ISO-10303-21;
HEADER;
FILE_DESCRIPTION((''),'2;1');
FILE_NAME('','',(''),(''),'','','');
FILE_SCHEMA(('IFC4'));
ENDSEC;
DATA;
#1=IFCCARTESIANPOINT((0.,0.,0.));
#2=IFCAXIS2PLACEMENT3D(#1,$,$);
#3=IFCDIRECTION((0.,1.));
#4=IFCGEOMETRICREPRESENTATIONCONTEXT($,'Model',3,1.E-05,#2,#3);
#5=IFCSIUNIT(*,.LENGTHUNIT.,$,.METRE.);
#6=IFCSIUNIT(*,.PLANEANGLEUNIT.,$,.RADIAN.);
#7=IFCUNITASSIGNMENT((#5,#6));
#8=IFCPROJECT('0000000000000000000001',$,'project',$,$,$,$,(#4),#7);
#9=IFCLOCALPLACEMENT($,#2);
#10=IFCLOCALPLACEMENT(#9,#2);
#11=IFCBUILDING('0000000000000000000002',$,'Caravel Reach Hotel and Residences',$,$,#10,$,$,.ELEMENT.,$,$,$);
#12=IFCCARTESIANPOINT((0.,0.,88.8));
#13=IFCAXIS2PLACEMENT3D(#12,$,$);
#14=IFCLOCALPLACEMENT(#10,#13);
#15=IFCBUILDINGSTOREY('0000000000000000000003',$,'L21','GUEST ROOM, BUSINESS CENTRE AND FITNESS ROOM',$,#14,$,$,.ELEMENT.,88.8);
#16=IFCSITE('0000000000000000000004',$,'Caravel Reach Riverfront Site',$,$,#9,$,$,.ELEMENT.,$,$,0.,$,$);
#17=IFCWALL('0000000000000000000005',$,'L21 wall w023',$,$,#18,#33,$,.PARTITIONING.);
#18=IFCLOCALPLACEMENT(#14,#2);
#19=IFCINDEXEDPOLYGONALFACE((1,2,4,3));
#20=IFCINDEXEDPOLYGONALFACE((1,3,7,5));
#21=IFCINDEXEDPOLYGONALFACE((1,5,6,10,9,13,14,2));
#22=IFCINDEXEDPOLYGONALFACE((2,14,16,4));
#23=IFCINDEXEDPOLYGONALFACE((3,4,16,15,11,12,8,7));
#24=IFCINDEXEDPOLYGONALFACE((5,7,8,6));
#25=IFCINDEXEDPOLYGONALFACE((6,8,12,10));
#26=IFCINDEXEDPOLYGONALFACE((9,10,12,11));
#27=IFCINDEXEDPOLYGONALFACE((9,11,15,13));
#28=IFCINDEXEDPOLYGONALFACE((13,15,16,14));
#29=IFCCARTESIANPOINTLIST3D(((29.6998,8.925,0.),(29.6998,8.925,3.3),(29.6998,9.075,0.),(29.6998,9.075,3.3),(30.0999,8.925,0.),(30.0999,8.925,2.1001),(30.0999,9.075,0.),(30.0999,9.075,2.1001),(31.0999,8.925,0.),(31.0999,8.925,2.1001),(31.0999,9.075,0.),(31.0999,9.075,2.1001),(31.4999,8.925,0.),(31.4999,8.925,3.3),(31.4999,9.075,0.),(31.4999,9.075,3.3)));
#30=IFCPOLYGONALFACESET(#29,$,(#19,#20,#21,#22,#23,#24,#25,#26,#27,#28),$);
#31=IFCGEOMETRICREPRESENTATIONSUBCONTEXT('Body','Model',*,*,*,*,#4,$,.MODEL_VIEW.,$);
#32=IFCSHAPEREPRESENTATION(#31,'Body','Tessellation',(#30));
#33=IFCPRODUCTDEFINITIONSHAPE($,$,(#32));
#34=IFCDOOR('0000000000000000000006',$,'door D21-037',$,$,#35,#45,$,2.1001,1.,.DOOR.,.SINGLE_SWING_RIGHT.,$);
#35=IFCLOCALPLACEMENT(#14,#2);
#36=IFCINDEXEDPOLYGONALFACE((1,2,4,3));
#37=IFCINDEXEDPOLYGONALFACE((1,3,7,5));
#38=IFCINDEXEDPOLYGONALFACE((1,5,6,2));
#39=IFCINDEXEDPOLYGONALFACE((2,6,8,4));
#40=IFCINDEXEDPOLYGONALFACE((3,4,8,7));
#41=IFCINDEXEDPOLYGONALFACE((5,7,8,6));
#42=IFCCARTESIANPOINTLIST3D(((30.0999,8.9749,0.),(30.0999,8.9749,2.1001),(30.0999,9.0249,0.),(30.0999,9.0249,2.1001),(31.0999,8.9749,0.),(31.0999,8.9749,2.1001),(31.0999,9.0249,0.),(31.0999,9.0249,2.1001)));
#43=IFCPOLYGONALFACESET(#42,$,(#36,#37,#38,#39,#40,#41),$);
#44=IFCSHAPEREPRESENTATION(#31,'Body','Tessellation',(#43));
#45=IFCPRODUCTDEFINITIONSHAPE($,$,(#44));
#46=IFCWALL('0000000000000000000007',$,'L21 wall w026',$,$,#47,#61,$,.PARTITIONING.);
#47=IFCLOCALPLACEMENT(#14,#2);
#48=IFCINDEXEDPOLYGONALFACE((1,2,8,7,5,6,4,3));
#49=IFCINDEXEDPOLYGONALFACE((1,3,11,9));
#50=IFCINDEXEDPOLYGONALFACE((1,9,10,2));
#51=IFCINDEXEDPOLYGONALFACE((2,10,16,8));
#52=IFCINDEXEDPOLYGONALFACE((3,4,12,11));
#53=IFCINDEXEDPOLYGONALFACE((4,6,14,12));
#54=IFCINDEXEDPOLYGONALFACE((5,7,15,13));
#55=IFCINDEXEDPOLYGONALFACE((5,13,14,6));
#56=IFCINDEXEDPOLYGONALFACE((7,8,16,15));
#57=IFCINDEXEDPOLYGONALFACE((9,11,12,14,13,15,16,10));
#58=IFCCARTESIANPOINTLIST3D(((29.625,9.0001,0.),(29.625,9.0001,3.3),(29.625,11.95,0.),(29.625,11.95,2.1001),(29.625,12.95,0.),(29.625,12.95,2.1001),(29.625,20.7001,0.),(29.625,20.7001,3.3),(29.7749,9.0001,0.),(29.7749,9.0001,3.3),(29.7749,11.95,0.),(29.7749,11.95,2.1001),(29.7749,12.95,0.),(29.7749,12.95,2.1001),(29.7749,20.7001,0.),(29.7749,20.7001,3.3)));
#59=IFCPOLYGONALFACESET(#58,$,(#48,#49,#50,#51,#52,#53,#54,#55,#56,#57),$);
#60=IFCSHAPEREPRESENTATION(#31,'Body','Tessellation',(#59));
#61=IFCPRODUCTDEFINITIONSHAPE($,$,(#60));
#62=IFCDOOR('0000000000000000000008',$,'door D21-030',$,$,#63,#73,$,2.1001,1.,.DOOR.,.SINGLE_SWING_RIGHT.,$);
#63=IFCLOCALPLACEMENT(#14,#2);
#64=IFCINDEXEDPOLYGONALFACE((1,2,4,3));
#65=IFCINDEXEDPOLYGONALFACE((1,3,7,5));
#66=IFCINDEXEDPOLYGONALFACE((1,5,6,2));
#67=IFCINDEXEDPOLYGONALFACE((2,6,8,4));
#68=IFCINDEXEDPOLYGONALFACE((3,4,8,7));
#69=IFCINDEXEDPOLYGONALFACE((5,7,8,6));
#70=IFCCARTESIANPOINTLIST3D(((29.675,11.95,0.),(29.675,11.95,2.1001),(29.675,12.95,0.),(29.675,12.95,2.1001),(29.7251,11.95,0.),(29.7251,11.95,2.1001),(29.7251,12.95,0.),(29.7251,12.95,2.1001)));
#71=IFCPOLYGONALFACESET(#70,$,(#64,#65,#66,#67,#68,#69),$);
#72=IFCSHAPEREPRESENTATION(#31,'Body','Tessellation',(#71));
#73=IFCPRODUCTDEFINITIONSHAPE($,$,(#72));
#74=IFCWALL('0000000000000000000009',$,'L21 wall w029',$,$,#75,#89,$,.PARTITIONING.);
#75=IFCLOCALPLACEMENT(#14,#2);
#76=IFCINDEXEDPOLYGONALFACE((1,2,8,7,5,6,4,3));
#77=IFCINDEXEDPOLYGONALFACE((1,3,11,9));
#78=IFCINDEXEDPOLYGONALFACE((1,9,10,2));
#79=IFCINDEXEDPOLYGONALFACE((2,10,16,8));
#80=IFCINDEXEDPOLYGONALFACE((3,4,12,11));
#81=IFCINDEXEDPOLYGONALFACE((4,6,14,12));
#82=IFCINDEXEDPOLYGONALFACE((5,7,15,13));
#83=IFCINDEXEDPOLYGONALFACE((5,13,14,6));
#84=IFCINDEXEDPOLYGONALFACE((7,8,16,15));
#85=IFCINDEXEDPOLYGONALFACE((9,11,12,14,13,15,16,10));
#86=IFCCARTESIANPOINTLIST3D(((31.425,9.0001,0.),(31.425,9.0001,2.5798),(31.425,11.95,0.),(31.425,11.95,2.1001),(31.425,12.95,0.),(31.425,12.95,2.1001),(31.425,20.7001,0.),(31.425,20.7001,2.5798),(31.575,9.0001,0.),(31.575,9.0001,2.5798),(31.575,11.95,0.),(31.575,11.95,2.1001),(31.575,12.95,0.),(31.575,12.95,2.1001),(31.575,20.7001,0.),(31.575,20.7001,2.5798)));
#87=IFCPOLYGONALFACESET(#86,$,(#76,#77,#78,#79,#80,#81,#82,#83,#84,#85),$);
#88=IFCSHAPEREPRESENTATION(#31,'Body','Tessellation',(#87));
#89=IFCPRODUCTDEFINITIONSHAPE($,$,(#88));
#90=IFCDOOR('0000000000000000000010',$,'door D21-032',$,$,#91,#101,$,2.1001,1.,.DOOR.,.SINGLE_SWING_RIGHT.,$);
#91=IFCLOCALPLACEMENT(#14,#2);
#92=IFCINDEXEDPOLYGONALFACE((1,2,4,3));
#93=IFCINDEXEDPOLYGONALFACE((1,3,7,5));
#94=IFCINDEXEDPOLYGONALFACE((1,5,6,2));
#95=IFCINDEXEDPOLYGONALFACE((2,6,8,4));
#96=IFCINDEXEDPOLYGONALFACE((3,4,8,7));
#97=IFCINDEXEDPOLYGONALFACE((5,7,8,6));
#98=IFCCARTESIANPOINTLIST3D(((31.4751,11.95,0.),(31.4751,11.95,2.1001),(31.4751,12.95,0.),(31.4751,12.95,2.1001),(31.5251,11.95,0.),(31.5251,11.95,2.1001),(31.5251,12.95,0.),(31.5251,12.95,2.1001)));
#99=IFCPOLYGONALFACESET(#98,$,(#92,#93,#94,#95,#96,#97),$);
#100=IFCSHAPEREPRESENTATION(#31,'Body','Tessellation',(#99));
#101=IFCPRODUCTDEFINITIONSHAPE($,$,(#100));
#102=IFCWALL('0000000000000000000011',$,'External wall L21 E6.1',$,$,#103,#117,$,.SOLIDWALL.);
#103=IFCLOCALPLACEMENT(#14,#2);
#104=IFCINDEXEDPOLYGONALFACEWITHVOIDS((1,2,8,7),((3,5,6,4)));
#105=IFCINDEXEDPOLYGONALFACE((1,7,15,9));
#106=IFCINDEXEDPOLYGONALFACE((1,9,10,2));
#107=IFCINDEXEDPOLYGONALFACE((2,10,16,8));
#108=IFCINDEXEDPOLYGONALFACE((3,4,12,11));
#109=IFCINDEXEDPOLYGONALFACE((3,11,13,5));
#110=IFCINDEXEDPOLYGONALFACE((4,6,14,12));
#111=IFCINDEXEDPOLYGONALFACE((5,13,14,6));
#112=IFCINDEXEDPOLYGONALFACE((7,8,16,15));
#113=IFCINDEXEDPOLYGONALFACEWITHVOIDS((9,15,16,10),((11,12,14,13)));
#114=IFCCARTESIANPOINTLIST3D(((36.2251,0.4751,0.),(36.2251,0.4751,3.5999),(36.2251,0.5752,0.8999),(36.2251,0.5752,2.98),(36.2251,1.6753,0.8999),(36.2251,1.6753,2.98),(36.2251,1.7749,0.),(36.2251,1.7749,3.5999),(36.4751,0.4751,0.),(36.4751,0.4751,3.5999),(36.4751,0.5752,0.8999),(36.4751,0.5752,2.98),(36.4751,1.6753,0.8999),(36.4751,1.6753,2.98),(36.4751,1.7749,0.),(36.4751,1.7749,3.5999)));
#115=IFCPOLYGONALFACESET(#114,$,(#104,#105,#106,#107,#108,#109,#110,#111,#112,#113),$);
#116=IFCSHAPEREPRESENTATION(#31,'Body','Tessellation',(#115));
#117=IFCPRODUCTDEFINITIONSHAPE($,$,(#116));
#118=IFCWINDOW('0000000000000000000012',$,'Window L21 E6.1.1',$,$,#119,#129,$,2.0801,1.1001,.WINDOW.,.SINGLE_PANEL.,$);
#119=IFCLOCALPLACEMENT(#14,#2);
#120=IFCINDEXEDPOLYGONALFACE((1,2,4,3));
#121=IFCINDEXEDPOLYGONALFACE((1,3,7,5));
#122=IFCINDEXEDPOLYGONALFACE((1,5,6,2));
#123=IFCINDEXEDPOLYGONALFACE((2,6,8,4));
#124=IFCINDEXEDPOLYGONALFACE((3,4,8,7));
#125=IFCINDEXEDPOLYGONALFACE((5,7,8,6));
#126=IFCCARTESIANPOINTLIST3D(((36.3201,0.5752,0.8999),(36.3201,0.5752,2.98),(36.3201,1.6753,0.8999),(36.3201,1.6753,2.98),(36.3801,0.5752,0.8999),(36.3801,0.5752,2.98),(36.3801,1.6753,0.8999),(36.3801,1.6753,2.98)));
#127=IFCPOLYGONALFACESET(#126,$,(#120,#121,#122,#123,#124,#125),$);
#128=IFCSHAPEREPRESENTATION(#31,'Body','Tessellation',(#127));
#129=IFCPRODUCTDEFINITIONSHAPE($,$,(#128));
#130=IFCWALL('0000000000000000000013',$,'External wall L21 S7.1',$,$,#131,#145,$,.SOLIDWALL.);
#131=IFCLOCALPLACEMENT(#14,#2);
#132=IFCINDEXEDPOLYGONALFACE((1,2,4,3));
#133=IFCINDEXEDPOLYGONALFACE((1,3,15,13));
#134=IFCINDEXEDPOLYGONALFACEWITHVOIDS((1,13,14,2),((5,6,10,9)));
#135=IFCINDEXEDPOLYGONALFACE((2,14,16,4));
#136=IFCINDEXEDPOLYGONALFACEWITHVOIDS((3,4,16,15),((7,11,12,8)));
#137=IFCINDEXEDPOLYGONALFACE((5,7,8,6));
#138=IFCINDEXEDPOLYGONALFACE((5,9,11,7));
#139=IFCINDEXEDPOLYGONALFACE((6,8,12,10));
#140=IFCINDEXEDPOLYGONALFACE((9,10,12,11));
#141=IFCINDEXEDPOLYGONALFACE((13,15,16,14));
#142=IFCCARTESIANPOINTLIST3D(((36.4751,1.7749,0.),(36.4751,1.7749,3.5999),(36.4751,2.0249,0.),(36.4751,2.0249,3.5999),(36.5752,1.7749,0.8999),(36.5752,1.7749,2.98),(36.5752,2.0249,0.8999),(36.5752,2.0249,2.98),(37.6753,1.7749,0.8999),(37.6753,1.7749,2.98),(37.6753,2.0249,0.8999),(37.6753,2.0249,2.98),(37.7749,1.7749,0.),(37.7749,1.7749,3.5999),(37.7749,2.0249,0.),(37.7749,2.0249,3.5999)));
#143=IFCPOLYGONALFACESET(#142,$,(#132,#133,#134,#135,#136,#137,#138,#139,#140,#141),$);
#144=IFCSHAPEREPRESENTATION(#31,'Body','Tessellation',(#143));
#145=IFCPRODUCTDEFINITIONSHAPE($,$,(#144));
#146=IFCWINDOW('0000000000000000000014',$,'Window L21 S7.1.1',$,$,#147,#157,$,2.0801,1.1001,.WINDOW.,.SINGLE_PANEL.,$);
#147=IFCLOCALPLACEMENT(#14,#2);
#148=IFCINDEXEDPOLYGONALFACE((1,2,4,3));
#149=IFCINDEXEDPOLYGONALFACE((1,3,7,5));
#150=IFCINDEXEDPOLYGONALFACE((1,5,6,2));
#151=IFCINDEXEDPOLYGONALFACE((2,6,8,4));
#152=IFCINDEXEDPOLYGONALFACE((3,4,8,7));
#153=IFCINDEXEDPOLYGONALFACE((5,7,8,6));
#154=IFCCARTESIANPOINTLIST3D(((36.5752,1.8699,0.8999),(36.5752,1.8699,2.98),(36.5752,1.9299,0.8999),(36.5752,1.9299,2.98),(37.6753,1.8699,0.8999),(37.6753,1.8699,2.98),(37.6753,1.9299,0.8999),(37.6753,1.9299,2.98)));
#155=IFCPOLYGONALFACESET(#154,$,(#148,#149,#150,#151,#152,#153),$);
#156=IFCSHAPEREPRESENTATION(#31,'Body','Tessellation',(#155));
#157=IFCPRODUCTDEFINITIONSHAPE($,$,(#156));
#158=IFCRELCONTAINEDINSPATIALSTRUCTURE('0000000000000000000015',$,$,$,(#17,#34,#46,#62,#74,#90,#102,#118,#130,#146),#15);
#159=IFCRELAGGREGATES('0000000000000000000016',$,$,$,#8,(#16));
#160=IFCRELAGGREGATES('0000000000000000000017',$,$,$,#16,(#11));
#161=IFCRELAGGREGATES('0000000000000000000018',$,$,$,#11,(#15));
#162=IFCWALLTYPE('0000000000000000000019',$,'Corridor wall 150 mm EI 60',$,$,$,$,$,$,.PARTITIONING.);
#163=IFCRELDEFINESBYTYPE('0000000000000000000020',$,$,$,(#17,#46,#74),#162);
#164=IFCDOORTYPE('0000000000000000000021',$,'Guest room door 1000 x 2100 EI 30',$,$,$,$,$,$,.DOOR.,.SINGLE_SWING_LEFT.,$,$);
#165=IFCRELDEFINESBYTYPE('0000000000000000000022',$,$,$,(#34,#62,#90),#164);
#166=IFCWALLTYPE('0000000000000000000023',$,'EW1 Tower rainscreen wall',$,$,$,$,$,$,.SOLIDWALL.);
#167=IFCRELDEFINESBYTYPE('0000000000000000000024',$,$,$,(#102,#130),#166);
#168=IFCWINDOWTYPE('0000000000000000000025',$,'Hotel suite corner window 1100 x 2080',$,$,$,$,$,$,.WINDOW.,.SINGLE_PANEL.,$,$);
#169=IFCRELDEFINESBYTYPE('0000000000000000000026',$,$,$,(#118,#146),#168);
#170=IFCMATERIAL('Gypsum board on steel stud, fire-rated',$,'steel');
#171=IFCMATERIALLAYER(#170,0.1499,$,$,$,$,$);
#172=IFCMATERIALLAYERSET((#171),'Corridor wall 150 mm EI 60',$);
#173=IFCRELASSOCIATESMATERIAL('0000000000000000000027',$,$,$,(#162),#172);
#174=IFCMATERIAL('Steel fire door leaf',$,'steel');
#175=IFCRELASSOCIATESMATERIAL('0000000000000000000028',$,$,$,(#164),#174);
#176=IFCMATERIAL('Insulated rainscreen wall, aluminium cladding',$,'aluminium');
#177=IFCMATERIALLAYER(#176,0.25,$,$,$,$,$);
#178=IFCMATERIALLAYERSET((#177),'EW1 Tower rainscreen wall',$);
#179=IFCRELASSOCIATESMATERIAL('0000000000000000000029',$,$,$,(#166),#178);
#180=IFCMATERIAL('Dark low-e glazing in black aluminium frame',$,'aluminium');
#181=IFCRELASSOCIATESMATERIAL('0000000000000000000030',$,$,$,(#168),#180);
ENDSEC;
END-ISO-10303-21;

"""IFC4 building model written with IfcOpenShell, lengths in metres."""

from ifc_helpers import new_model, si_unit, direction, frame, frame_2d, origin, place, context, subcontext, project, spatial, rectangle, extrude, material, layer, layer_set, type_object, element, fill, save


model = new_model("IFC4")

# Units and contexts
model_context = context("Model", 3, precision=1e-05, world=origin(), true_north=direction((0.0, 1.0)))
body_context = subcontext(model_context, "Body", "Model", "MODEL_VIEW")
ifc_project = project(units=[si_unit("LENGTHUNIT", "METRE"), si_unit("PLANEANGLEUNIT", "RADIAN")], contexts=[model_context])

# Site, building, storey
site_placement = place(None, origin())
site = spatial("IfcSite", under=ifc_project, at=site_placement, Name="Caravel Reach Riverfront Site", CompositionType="ELEMENT", RefElevation=0.0)
building_placement = place(site_placement, origin())
building = spatial("IfcBuilding", under=site, at=building_placement, Name="Caravel Reach Hotel and Residences", CompositionType="ELEMENT")
storey_placement = place(building_placement, frame((0.0, 0.0, 88.8)))
storey = spatial("IfcBuildingStorey", under=building, at=storey_placement, Name="L21", Description="GUEST ROOM, BUSINESS CENTRE AND FITNESS ROOM", CompositionType="ELEMENT", Elevation=88.8)

# Walls, openings, doors
ifc_material_1 = material(Name="Gypsum board on steel stud, fire-rated", Category="steel")
ifc_layer_1 = layer(ifc_material_1, 0.1499)
ifc_layer_set_1 = layer_set([ifc_layer_1], Name="Corridor wall 150 mm EI 60")
wall_type_1 = type_object("IfcWallType", Name="Corridor wall 150 mm EI 60", PredefinedType="PARTITIONING", material=ifc_layer_set_1)
wall_1_placement = place(storey_placement, frame((29.7, 9.0, 0.0), z_axis=(0.0, 0.0, 1.0), x_axis=(1.0, 0.0, 0.0)))
wall_1 = element("IfcWall", 1, at=wall_1_placement, inside=storey, type_object=wall_type_1, Name="L21 wall w023", PredefinedType="PARTITIONING", context=body_context, shape_type="SweptSolid", body=[
    extrude(rectangle(XDim=1.8, YDim=0.1499, at=frame_2d((0.8999, 0.0))), origin(), (0.0, 0.0, 1.0), 3.3),
])
opening_1_placement = place(wall_1_placement, frame((0.3999, 0.0, 0.0)))
opening_1 = element("IfcOpeningElement", 2, at=opening_1_placement, cuts=wall_1, PredefinedType="OPENING", context=body_context, shape_type="SweptSolid", body=[
    extrude(rectangle(XDim=1.0, YDim=2.1001, at=frame_2d((0.5, 1.05))), frame((0.0, 0.085, 0.0), z_axis=(0.0, -1.0, 0.0), x_axis=(1.0, 0.0, 0.0)), (0.0, 0.0, 1.0), 0.1699),
])
ifc_material_2 = material(Name="Steel fire door leaf", Category="steel")
door_type_1 = type_object("IfcDoorType", Name="Guest room door 1000 x 2100 EI 30", OperationType="SINGLE_SWING_LEFT", PredefinedType="DOOR", material=ifc_material_2)
door_1_placement = place(opening_1_placement, origin())
door_1 = element("IfcDoor", 3, at=door_1_placement, inside=storey, type_object=door_type_1, Name="door D21-037", OperationType="SINGLE_SWING_RIGHT", OverallHeight=2.1001, OverallWidth=1.0, PredefinedType="DOOR", context=body_context, shape_type="SweptSolid", body=[
    extrude(rectangle(XDim=1.0, YDim=2.1001, at=frame_2d((0.5, 1.05))), frame((0.0, 0.0249, 0.0), z_axis=(0.0, -1.0, 0.0), x_axis=(1.0, 0.0, 0.0)), (0.0, 0.0, 1.0), 0.05),
])
fill(opening_1, door_1)
wall_2_placement = place(storey_placement, frame((29.7, 9.0, 0.0), z_axis=(0.0, 0.0, 1.0), x_axis=(0.0, 1.0, 0.0)))
wall_2 = element("IfcWall", 4, at=wall_2_placement, inside=storey, type_object=wall_type_1, Name="L21 wall w026", PredefinedType="PARTITIONING", context=body_context, shape_type="SweptSolid", body=[
    extrude(rectangle(XDim=11.7, YDim=0.1499, at=frame_2d((5.8501, 0.0))), origin(), (0.0, 0.0, 1.0), 3.3),
])
opening_2_placement = place(wall_2_placement, frame((2.95, 0.0, 0.0)))
opening_2 = element("IfcOpeningElement", 5, at=opening_2_placement, cuts=wall_2, PredefinedType="OPENING", context=body_context, shape_type="SweptSolid", body=[
    extrude(rectangle(XDim=1.0, YDim=2.1001, at=frame_2d((0.5, 1.05))), frame((0.0, 0.085, 0.0), z_axis=(0.0, -1.0, 0.0), x_axis=(1.0, 0.0, 0.0)), (0.0, 0.0, 1.0), 0.1699),
])
door_2_placement = place(opening_2_placement, origin())
door_2 = element("IfcDoor", 6, at=door_2_placement, inside=storey, type_object=door_type_1, Name="door D21-030", OperationType="SINGLE_SWING_RIGHT", OverallHeight=2.1001, OverallWidth=1.0, PredefinedType="DOOR", context=body_context, shape_type="SweptSolid", body=[
    extrude(rectangle(XDim=1.0, YDim=2.1001, at=frame_2d((0.5, 1.05))), frame((0.0, 0.0249, 0.0), z_axis=(0.0, -1.0, 0.0), x_axis=(1.0, 0.0, 0.0)), (0.0, 0.0, 1.0), 0.05),
])
fill(opening_2, door_2)
wall_3_placement = place(storey_placement, frame((31.5, 9.0, 0.0), z_axis=(0.0, 0.0, 1.0), x_axis=(0.0, 1.0, 0.0)))
wall_3 = element("IfcWall", 7, at=wall_3_placement, inside=storey, type_object=wall_type_1, Name="L21 wall w029", PredefinedType="PARTITIONING", context=body_context, shape_type="SweptSolid", body=[
    extrude(rectangle(XDim=11.7, YDim=0.1499, at=frame_2d((5.8501, 0.0))), origin(), (0.0, 0.0, 1.0), 2.5798),
])
opening_3_placement = place(wall_3_placement, frame((2.95, 0.0, 0.0)))
opening_3 = element("IfcOpeningElement", 8, at=opening_3_placement, cuts=wall_3, PredefinedType="OPENING", context=body_context, shape_type="SweptSolid", body=[
    extrude(rectangle(XDim=1.0, YDim=2.1001, at=frame_2d((0.5, 1.05))), frame((0.0, 0.085, 0.0), z_axis=(0.0, -1.0, 0.0), x_axis=(1.0, 0.0, 0.0)), (0.0, 0.0, 1.0), 0.1699),
])
door_3_placement = place(opening_3_placement, origin())
door_3 = element("IfcDoor", 9, at=door_3_placement, inside=storey, type_object=door_type_1, Name="door D21-032", OperationType="SINGLE_SWING_RIGHT", OverallHeight=2.1001, OverallWidth=1.0, PredefinedType="DOOR", context=body_context, shape_type="SweptSolid", body=[
    extrude(rectangle(XDim=1.0, YDim=2.1001, at=frame_2d((0.5, 1.05))), frame((0.0, 0.0249, 0.0), z_axis=(0.0, -1.0, 0.0), x_axis=(1.0, 0.0, 0.0)), (0.0, 0.0, 1.0), 0.05),
])
fill(opening_3, door_3)

# Walls, openings, windows
ifc_material_3 = material(Name="Insulated rainscreen wall, aluminium cladding", Category="aluminium")
ifc_layer_2 = layer(ifc_material_3, 0.25)
ifc_layer_set_2 = layer_set([ifc_layer_2], Name="EW1 Tower rainscreen wall")
wall_type_2 = type_object("IfcWallType", Name="EW1 Tower rainscreen wall", PredefinedType="SOLIDWALL", material=ifc_layer_set_2)
wall_4_placement = place(storey_placement, frame((36.3501, 0.4751, 0.0), z_axis=(0.0, 0.0, 1.0), x_axis=(0.0, 1.0, 0.0)))
wall_4 = element("IfcWall", 10, at=wall_4_placement, inside=storey, type_object=wall_type_2, Name="External wall L21 E6.1", PredefinedType="SOLIDWALL", context=body_context, shape_type="SweptSolid", body=[
    extrude(rectangle(XDim=1.2998, YDim=0.25, at=frame_2d((0.6499, 0.0))), origin(), (0.0, 0.0, 1.0), 3.5999),
])
opening_4_placement = place(wall_4_placement, frame((0.1001, 0.0, 0.8999)))
opening_4 = element("IfcOpeningElement", 11, at=opening_4_placement, cuts=wall_4, PredefinedType="OPENING", context=body_context, shape_type="SweptSolid", body=[
    extrude(rectangle(XDim=1.1001, YDim=2.0801, at=frame_2d((0.55, 1.04))), frame((0.0, 0.135, 0.0), z_axis=(0.0, -1.0, 0.0), x_axis=(1.0, 0.0, 0.0)), (0.0, 0.0, 1.0), 0.27),
])
ifc_material_4 = material(Name="Dark low-e glazing in black aluminium frame", Category="aluminium")
window_type_1 = type_object("IfcWindowType", Name="Hotel suite corner window 1100 x 2080", PartitioningType="SINGLE_PANEL", PredefinedType="WINDOW", material=ifc_material_4)
window_1_placement = place(opening_4_placement, origin())
window_1 = element("IfcWindow", 12, at=window_1_placement, inside=storey, type_object=window_type_1, Name="Window L21 E6.1.1", OverallHeight=2.0801, OverallWidth=1.1001, PartitioningType="SINGLE_PANEL", PredefinedType="WINDOW", context=body_context, shape_type="SweptSolid", body=[
    extrude(rectangle(XDim=1.1001, YDim=2.0801, at=frame_2d((0.55, 1.04))), frame((0.0, 0.03, 0.0), z_axis=(0.0, -1.0, 0.0), x_axis=(1.0, 0.0, 0.0)), (0.0, 0.0, 1.0), 0.0601),
])
fill(opening_4, window_1)
wall_5_placement = place(storey_placement, frame((36.4751, 1.8999, 0.0), z_axis=(0.0, 0.0, 1.0), x_axis=(1.0, 0.0, 0.0)))
wall_5 = element("IfcWall", 13, at=wall_5_placement, inside=storey, type_object=wall_type_2, Name="External wall L21 S7.1", PredefinedType="SOLIDWALL", context=body_context, shape_type="SweptSolid", body=[
    extrude(rectangle(XDim=1.2998, YDim=0.25, at=frame_2d((0.6499, 0.0))), origin(), (0.0, 0.0, 1.0), 3.5999),
])
opening_5_placement = place(wall_5_placement, frame((0.1001, 0.0, 0.8999)))
opening_5 = element("IfcOpeningElement", 14, at=opening_5_placement, cuts=wall_5, PredefinedType="OPENING", context=body_context, shape_type="SweptSolid", body=[
    extrude(rectangle(XDim=1.1001, YDim=2.0801, at=frame_2d((0.55, 1.04))), frame((0.0, 0.135, 0.0), z_axis=(0.0, -1.0, 0.0), x_axis=(1.0, 0.0, 0.0)), (0.0, 0.0, 1.0), 0.27),
])
window_2_placement = place(opening_5_placement, origin())
window_2 = element("IfcWindow", 15, at=window_2_placement, inside=storey, type_object=window_type_1, Name="Window L21 S7.1.1", OverallHeight=2.0801, OverallWidth=1.1001, PartitioningType="SINGLE_PANEL", PredefinedType="WINDOW", context=body_context, shape_type="SweptSolid", body=[
    extrude(rectangle(XDim=1.1001, YDim=2.0801, at=frame_2d((0.55, 1.04))), frame((0.0, 0.03, 0.0), z_axis=(0.0, -1.0, 0.0), x_axis=(1.0, 0.0, 0.0)), (0.0, 0.0, 1.0), 0.0601),
])
fill(opening_5, window_2)

save(model, "model.ifc")
